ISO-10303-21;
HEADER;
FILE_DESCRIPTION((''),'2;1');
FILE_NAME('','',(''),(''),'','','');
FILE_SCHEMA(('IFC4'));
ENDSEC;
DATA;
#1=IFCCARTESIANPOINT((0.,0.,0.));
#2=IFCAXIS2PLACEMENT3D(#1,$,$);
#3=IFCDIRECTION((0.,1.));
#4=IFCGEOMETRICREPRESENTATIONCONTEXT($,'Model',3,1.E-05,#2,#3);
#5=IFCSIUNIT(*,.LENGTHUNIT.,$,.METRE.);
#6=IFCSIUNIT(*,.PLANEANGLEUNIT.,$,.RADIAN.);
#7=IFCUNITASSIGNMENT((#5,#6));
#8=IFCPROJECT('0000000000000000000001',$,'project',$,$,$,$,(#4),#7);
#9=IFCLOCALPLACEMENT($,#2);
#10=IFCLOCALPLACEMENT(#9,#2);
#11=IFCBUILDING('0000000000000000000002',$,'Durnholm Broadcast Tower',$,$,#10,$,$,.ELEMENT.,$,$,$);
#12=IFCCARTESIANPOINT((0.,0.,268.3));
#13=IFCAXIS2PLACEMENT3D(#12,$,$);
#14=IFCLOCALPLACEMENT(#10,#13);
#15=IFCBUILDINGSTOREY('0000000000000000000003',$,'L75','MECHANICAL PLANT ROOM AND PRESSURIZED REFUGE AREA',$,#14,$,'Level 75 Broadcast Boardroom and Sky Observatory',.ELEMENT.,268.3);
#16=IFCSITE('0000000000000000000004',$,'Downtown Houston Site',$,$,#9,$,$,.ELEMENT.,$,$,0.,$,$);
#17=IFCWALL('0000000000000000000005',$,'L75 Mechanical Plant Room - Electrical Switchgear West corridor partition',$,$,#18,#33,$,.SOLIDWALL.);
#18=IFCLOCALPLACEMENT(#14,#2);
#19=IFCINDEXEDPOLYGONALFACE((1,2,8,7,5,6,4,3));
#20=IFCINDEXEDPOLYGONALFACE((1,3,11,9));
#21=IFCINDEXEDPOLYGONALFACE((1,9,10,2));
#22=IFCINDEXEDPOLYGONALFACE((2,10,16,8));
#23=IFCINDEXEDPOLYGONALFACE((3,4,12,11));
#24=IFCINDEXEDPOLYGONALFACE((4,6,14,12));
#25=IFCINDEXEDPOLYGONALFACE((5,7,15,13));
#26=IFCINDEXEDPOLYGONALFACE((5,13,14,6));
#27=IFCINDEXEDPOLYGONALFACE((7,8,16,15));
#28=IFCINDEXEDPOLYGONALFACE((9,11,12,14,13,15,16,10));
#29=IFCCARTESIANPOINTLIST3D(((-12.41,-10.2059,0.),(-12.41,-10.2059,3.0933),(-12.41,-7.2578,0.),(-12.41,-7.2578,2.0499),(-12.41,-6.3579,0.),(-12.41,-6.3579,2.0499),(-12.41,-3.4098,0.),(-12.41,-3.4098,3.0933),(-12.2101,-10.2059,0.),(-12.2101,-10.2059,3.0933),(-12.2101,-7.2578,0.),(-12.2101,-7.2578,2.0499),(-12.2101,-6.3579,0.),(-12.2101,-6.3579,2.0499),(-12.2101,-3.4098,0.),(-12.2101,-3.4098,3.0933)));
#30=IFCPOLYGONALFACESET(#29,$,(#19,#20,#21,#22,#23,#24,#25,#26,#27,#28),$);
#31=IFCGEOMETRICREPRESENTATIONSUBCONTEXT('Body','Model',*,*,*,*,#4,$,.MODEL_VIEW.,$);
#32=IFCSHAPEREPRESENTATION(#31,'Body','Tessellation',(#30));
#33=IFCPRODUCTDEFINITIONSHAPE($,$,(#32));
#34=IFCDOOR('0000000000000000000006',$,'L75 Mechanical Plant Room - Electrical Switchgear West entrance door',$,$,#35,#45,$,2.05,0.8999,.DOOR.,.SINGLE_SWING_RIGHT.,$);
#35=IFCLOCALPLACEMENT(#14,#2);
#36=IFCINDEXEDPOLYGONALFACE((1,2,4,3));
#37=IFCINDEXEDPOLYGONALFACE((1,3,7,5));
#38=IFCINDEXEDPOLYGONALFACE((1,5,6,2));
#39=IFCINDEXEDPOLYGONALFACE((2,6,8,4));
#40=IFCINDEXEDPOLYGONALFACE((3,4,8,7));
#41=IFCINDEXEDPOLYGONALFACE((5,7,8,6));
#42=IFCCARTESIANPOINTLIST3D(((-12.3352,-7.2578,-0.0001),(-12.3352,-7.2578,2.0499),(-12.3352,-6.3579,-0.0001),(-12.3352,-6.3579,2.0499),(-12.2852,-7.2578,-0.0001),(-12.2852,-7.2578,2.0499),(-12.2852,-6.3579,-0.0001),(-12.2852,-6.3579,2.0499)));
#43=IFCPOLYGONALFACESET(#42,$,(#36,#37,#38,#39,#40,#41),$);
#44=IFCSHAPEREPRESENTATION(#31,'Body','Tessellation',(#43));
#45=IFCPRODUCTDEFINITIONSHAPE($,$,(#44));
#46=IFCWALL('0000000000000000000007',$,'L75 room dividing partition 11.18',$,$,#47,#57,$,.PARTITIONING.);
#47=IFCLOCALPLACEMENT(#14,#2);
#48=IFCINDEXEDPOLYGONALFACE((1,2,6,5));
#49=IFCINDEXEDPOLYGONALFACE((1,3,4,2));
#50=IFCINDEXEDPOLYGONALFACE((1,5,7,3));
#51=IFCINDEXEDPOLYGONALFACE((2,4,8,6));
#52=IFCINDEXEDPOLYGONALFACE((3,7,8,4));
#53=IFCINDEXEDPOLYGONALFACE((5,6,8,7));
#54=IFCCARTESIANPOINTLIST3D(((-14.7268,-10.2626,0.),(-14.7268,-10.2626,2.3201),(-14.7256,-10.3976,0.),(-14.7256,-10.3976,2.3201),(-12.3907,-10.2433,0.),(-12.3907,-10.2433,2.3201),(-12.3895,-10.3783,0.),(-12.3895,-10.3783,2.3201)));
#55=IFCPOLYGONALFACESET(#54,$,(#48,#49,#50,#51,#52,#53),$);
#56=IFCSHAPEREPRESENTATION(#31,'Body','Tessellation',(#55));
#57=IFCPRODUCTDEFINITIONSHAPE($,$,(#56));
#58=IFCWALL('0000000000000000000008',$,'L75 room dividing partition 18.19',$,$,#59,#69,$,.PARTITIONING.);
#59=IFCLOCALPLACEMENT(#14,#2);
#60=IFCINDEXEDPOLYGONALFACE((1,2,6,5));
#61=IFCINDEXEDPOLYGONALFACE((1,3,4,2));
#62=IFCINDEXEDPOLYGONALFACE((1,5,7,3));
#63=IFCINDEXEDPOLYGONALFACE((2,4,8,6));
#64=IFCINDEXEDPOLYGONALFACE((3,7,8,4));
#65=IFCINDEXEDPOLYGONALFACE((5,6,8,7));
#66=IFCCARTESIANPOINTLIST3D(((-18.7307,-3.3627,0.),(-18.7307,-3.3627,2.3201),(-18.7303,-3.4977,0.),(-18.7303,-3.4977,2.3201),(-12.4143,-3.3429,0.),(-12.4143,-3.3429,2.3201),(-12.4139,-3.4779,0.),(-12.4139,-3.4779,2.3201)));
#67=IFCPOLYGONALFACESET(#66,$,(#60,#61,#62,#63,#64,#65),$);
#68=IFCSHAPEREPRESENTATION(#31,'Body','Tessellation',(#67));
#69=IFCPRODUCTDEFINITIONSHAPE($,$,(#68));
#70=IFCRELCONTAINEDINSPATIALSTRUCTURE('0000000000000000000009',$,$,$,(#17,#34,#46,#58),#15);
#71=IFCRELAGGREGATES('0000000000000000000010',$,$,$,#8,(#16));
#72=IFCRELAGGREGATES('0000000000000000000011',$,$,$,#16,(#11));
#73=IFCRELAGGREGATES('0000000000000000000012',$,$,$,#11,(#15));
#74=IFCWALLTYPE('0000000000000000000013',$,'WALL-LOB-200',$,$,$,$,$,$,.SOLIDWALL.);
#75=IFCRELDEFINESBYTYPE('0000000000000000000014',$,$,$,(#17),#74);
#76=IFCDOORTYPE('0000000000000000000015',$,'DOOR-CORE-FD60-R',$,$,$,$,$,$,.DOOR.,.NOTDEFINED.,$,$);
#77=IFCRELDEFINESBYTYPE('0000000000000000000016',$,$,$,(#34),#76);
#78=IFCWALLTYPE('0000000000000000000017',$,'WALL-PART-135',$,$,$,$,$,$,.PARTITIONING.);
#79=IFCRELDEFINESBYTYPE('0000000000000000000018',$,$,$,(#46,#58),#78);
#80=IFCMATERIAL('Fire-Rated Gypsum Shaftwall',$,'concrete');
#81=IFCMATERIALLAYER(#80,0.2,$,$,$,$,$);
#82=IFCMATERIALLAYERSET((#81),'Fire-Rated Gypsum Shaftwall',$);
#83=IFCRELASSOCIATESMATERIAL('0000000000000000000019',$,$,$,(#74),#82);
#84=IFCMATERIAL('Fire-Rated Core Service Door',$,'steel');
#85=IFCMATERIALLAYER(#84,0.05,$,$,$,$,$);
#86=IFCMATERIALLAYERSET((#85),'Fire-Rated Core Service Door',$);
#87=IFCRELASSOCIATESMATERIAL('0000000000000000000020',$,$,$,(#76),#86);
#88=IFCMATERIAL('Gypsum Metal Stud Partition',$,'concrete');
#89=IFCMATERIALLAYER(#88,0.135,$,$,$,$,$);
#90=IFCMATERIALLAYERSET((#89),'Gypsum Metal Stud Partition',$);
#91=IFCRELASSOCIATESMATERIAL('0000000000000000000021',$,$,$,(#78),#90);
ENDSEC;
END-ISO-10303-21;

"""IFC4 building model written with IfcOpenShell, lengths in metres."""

from ifc_helpers import new_model, si_unit, direction, frame, frame_2d, origin, place, context, subcontext, project, spatial, rectangle, extrude, source, transform, mapped, material, layer, layer_set, type_object, type_shapes, element, fill, save


model = new_model("IFC4")

# Units and contexts
model_context = context("Model", 3, precision=1e-05, world=origin(), true_north=direction((0.0, 1.0)))
body_context = subcontext(model_context, "Body", "Model", "MODEL_VIEW")
ifc_project = project(units=[si_unit("LENGTHUNIT", "METRE"), si_unit("PLANEANGLEUNIT", "RADIAN")], contexts=[model_context])

# Site, building, storey
site_placement = place(None, origin())
site = spatial("IfcSite", under=ifc_project, at=site_placement, Name="Downtown Houston Site", CompositionType="ELEMENT", RefElevation=0.0)
building_placement = place(site_placement, origin())
building = spatial("IfcBuilding", under=site, at=building_placement, Name="Durnholm Broadcast Tower", CompositionType="ELEMENT")
storey_placement = place(building_placement, frame((0.0, 0.0, 268.3)))
storey = spatial("IfcBuildingStorey", under=building, at=storey_placement, Name="L75", Description="MECHANICAL PLANT ROOM AND PRESSURIZED REFUGE AREA", LongName="Level 75 Broadcast Boardroom and Sky Observatory", CompositionType="ELEMENT", Elevation=268.3)

# Wall, opening, door
ifc_material_1 = material(Name="Fire-Rated Gypsum Shaftwall", Category="concrete")
ifc_layer_1 = layer(ifc_material_1, 0.2)
ifc_layer_set_1 = layer_set([ifc_layer_1], Name="Fire-Rated Gypsum Shaftwall")
wall_type_1 = type_object("IfcWallType", Name="WALL-LOB-200", PredefinedType="SOLIDWALL", material=ifc_layer_set_1)
wall_1_placement = place(storey_placement, frame((-12.3101, -3.4099, 0.0), z_axis=(0.0, 0.0, 1.0), x_axis=(0.0, -1.0, 0.0)))
wall_1 = element("IfcWall", 1, at=wall_1_placement, inside=storey, type_object=wall_type_1, Name="L75 Mechanical Plant Room - Electrical Switchgear West corridor partition", PredefinedType="SOLIDWALL", context=body_context, shape_type="SweptSolid", body=[
    extrude(rectangle(XDim=6.7961, YDim=0.2, at=frame_2d((3.3979, 0.0))), origin(), (0.0, 0.0, 1.0), 3.0933),
])
opening_1_placement = place(wall_1_placement, frame((2.948, 0.0, 0.0)))
opening_1 = element("IfcOpeningElement", 2, at=opening_1_placement, cuts=wall_1, PredefinedType="OPENING", context=body_context, shape_type="SweptSolid", body=[
    extrude(rectangle(XDim=0.8999, YDim=2.05, at=frame_2d((0.45, 1.0249))), frame((0.0, 0.1099, 0.0), z_axis=(0.0, -1.0, 0.0), x_axis=(1.0, 0.0, 0.0)), (0.0, 0.0, 1.0), 0.22),
])
ifc_material_2 = material(Name="Fire-Rated Core Service Door", Category="steel")
ifc_layer_2 = layer(ifc_material_2, 0.05)
ifc_layer_set_2 = layer_set([ifc_layer_2], Name="Fire-Rated Core Service Door")
door_type_1 = type_object("IfcDoorType", Name="DOOR-CORE-FD60-R", OperationType="NOTDEFINED", PredefinedType="DOOR", material=ifc_layer_set_2)
shared_shape_1 = source(origin(), body_context, "Body", "SweptSolid", [
    extrude(rectangle(XDim=0.8999, YDim=2.05, at=frame_2d((0.45, 1.0249))), frame((0.0, 0.0249, 0.0), z_axis=(0.0, -1.0, 0.0), x_axis=(1.0, 0.0, 0.0)), (0.0, 0.0, 1.0), 0.05),
])
type_shapes(door_type_1, [shared_shape_1])
door_1_placement = place(opening_1_placement, origin())
door_1 = element("IfcDoor", 3, at=door_1_placement, inside=storey, type_object=door_type_1, Name="L75 Mechanical Plant Room - Electrical Switchgear West entrance door", OperationType="SINGLE_SWING_RIGHT", OverallHeight=2.05, OverallWidth=0.8999, PredefinedType="DOOR", context=body_context, shape_type="MappedRepresentation", body=[
    mapped(shared_shape_1, transform((0.0, 0.0, 0.0), x_axis=(1.0, 0.0, 0.0), y_axis=(0.0, 1.0, 0.0), z_axis=(0.0, 0.0, 1.0), scale=1.0)),
])
fill(opening_1, door_1)

# Walls
ifc_material_3 = material(Name="Gypsum Metal Stud Partition", Category="concrete")
ifc_layer_3 = layer(ifc_material_3, 0.135)
ifc_layer_set_3 = layer_set([ifc_layer_3], Name="Gypsum Metal Stud Partition")
wall_type_2 = type_object("IfcWallType", Name="WALL-PART-135", PredefinedType="PARTITIONING", material=ifc_layer_set_3)
wall_2_placement = place(storey_placement, frame((-14.7261, -10.3301, 0.0), z_axis=(0.0, 0.0, 1.0), x_axis=(0.999966, 0.008256, 0.0)))
element("IfcWall", 4, at=wall_2_placement, inside=storey, type_object=wall_type_2, Name="L75 room dividing partition 11.18", PredefinedType="PARTITIONING", context=body_context, shape_type="SweptSolid", body=[
    extrude(rectangle(XDim=2.3362, YDim=0.135, at=frame_2d((1.168, 0.0))), origin(), (0.0, 0.0, 1.0), 2.3201),
])
wall_3_placement = place(storey_placement, frame((-18.7305, -3.4302, 0.0), z_axis=(0.0, 0.0, 1.0), x_axis=(0.999995, 0.003131, 0.0)))
element("IfcWall", 5, at=wall_3_placement, inside=storey, type_object=wall_type_2, Name="L75 room dividing partition 18.19", PredefinedType="PARTITIONING", context=body_context, shape_type="SweptSolid", body=[
    extrude(rectangle(XDim=6.3164, YDim=0.135, at=frame_2d((3.1582, 0.0))), origin(), (0.0, 0.0, 1.0), 2.3201),
])

save(model, "model.ifc")
